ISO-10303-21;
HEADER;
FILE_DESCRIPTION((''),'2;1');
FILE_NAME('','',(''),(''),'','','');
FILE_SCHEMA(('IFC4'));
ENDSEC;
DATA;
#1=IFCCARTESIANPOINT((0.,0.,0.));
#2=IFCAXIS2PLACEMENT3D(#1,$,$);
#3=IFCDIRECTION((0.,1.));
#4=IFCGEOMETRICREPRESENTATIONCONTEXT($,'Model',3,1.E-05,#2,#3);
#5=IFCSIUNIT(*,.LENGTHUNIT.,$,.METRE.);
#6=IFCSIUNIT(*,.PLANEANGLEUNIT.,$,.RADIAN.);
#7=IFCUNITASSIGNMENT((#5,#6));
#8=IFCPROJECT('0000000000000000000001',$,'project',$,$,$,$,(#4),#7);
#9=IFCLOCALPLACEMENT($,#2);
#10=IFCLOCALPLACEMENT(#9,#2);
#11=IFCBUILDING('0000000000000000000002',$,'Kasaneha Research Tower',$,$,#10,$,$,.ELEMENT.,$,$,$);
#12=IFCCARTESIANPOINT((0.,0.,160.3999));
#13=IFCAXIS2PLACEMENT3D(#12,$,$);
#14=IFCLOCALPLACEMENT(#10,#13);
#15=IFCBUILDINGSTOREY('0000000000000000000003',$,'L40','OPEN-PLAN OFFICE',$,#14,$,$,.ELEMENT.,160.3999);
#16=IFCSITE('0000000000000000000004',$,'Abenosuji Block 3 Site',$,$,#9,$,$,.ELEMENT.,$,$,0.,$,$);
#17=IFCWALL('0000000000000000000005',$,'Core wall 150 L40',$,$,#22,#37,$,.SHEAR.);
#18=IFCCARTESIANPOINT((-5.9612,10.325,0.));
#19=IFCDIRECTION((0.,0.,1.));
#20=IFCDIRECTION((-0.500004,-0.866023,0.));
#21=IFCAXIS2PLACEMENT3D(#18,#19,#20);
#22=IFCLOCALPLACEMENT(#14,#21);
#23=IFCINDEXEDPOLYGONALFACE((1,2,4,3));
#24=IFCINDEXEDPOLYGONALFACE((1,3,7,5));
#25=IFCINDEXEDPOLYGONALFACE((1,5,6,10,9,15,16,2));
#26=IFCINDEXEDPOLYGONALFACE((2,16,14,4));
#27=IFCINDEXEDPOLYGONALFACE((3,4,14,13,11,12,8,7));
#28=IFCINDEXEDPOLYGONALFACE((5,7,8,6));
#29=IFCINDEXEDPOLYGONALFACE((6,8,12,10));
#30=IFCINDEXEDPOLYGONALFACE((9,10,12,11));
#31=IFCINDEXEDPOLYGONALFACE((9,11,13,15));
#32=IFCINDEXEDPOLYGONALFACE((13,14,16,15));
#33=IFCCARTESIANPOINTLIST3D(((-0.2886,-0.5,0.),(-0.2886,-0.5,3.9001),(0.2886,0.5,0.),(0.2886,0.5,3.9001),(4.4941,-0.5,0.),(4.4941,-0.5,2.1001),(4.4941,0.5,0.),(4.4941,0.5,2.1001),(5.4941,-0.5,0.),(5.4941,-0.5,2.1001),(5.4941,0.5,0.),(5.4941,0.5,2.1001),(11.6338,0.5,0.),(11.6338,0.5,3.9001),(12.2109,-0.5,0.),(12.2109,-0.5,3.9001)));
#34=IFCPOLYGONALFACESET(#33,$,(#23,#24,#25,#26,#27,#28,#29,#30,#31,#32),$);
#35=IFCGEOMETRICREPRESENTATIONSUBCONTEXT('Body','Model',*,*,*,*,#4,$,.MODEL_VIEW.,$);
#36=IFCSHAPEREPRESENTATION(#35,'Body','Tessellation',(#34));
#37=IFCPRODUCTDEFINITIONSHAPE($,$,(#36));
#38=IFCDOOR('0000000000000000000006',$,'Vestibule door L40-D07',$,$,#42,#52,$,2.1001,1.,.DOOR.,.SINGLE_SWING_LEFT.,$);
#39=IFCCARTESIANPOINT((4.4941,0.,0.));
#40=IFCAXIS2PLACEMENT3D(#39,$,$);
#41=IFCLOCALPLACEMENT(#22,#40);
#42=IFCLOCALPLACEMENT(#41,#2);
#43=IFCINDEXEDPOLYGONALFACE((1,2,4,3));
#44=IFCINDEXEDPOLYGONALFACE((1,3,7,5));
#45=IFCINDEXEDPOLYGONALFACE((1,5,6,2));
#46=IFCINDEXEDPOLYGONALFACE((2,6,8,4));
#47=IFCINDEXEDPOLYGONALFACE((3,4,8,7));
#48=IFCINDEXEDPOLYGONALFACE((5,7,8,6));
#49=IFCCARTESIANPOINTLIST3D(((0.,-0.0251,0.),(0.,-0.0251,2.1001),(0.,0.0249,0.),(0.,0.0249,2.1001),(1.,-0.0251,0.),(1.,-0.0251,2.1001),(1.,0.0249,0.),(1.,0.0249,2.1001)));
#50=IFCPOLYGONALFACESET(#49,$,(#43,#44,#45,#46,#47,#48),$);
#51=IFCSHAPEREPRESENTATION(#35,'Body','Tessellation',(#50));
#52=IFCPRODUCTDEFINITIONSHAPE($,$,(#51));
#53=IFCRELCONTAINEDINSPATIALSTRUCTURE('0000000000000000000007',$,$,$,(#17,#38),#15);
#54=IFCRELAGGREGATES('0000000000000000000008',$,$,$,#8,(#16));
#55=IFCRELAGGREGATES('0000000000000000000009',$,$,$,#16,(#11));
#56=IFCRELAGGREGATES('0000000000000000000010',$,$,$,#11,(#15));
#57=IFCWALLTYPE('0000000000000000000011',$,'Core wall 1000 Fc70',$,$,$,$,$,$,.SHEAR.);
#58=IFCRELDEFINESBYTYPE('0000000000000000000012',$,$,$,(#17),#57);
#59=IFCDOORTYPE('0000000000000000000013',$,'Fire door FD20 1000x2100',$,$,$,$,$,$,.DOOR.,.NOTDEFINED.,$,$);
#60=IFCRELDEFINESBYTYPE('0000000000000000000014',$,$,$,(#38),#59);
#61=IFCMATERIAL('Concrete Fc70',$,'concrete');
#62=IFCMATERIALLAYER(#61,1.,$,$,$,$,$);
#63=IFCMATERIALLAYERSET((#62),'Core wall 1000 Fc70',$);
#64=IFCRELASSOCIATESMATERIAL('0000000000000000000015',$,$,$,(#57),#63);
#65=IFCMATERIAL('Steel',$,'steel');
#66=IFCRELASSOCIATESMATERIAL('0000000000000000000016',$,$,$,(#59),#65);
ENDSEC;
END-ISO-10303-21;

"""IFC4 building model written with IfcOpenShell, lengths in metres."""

from ifc_helpers import new_model, si_unit, direction, frame, frame_2d, origin, place, context, subcontext, project, spatial, polyline, rectangle, outline, extrude, material, layer, layer_set, type_object, element, fill, save


model = new_model("IFC4")

# Units and contexts
model_context = context("Model", 3, precision=1e-05, world=origin(), true_north=direction((0.0, 1.0)))
body_context = subcontext(model_context, "Body", "Model", "MODEL_VIEW")
ifc_project = project(units=[si_unit("LENGTHUNIT", "METRE"), si_unit("PLANEANGLEUNIT", "RADIAN")], contexts=[model_context])

# Site, building, storey
site_placement = place(None, origin())
site = spatial("IfcSite", under=ifc_project, at=site_placement, Name="Abenosuji Block 3 Site", CompositionType="ELEMENT", RefElevation=0.0)
building_placement = place(site_placement, origin())
building = spatial("IfcBuilding", under=site, at=building_placement, Name="Kasaneha Research Tower", CompositionType="ELEMENT")
storey_placement = place(building_placement, frame((0.0, 0.0, 160.3999)))
storey = spatial("IfcBuildingStorey", under=building, at=storey_placement, Name="L40", Description="OPEN-PLAN OFFICE", CompositionType="ELEMENT", Elevation=160.3999)

# Wall, opening, door
ifc_material_1 = material(Name="Concrete Fc70", Category="concrete")
ifc_layer_1 = layer(ifc_material_1, 1.0)
ifc_layer_set_1 = layer_set([ifc_layer_1], Name="Core wall 1000 Fc70")
wall_type_1 = type_object("IfcWallType", Name="Core wall 1000 Fc70", PredefinedType="SHEAR", material=ifc_layer_set_1)
wall_1_placement = place(storey_placement, frame((-5.9612, 10.325, 0.0), z_axis=(0.0, 0.0, 1.0), x_axis=(-0.500004, -0.866023, 0.0)))
wall_1 = element("IfcWall", 1, at=wall_1_placement, inside=storey, type_object=wall_type_1, Name="Core wall 150 L40", PredefinedType="SHEAR", context=body_context, shape_type="SweptSolid", body=[
    extrude(outline(polyline([(-0.2886, -0.5), (4.4941, -0.5), (5.4941, -0.5), (12.2109, -0.5), (11.6338, 0.5), (5.4941, 0.5), (4.4941, 0.5), (0.2886, 0.5), (-0.2886, -0.5)])), origin(), (0.0, 0.0, 1.0), 3.9001),
])
opening_1_placement = place(wall_1_placement, frame((4.4941, 0.0, 0.0)))
opening_1 = element("IfcOpeningElement", 2, at=opening_1_placement, cuts=wall_1, PredefinedType="OPENING", context=body_context, shape_type="SweptSolid", body=[
    extrude(rectangle(XDim=1.0, YDim=2.1001, at=frame_2d((0.5, 1.05))), frame((0.0, 0.51, 0.0), z_axis=(0.0, -1.0, 0.0), x_axis=(1.0, 0.0, 0.0)), (0.0, 0.0, 1.0), 1.02),
])
ifc_material_2 = material(Name="Steel", Category="steel")
door_type_1 = type_object("IfcDoorType", Name="Fire door FD20 1000x2100", OperationType="NOTDEFINED", PredefinedType="DOOR", material=ifc_material_2)
door_1_placement = place(opening_1_placement, origin())
door_1 = element("IfcDoor", 3, at=door_1_placement, inside=storey, type_object=door_type_1, Name="Vestibule door L40-D07", OperationType="SINGLE_SWING_LEFT", OverallHeight=2.1001, OverallWidth=1.0, PredefinedType="DOOR", context=body_context, shape_type="SweptSolid", body=[
    extrude(rectangle(XDim=1.0, YDim=2.1001, at=frame_2d((0.5, 1.05))), frame((0.0, 0.0249, 0.0), z_axis=(0.0, -1.0, 0.0), x_axis=(1.0, 0.0, 0.0)), (0.0, 0.0, 1.0), 0.05),
])
fill(opening_1, door_1)

save(model, "model.ifc")
